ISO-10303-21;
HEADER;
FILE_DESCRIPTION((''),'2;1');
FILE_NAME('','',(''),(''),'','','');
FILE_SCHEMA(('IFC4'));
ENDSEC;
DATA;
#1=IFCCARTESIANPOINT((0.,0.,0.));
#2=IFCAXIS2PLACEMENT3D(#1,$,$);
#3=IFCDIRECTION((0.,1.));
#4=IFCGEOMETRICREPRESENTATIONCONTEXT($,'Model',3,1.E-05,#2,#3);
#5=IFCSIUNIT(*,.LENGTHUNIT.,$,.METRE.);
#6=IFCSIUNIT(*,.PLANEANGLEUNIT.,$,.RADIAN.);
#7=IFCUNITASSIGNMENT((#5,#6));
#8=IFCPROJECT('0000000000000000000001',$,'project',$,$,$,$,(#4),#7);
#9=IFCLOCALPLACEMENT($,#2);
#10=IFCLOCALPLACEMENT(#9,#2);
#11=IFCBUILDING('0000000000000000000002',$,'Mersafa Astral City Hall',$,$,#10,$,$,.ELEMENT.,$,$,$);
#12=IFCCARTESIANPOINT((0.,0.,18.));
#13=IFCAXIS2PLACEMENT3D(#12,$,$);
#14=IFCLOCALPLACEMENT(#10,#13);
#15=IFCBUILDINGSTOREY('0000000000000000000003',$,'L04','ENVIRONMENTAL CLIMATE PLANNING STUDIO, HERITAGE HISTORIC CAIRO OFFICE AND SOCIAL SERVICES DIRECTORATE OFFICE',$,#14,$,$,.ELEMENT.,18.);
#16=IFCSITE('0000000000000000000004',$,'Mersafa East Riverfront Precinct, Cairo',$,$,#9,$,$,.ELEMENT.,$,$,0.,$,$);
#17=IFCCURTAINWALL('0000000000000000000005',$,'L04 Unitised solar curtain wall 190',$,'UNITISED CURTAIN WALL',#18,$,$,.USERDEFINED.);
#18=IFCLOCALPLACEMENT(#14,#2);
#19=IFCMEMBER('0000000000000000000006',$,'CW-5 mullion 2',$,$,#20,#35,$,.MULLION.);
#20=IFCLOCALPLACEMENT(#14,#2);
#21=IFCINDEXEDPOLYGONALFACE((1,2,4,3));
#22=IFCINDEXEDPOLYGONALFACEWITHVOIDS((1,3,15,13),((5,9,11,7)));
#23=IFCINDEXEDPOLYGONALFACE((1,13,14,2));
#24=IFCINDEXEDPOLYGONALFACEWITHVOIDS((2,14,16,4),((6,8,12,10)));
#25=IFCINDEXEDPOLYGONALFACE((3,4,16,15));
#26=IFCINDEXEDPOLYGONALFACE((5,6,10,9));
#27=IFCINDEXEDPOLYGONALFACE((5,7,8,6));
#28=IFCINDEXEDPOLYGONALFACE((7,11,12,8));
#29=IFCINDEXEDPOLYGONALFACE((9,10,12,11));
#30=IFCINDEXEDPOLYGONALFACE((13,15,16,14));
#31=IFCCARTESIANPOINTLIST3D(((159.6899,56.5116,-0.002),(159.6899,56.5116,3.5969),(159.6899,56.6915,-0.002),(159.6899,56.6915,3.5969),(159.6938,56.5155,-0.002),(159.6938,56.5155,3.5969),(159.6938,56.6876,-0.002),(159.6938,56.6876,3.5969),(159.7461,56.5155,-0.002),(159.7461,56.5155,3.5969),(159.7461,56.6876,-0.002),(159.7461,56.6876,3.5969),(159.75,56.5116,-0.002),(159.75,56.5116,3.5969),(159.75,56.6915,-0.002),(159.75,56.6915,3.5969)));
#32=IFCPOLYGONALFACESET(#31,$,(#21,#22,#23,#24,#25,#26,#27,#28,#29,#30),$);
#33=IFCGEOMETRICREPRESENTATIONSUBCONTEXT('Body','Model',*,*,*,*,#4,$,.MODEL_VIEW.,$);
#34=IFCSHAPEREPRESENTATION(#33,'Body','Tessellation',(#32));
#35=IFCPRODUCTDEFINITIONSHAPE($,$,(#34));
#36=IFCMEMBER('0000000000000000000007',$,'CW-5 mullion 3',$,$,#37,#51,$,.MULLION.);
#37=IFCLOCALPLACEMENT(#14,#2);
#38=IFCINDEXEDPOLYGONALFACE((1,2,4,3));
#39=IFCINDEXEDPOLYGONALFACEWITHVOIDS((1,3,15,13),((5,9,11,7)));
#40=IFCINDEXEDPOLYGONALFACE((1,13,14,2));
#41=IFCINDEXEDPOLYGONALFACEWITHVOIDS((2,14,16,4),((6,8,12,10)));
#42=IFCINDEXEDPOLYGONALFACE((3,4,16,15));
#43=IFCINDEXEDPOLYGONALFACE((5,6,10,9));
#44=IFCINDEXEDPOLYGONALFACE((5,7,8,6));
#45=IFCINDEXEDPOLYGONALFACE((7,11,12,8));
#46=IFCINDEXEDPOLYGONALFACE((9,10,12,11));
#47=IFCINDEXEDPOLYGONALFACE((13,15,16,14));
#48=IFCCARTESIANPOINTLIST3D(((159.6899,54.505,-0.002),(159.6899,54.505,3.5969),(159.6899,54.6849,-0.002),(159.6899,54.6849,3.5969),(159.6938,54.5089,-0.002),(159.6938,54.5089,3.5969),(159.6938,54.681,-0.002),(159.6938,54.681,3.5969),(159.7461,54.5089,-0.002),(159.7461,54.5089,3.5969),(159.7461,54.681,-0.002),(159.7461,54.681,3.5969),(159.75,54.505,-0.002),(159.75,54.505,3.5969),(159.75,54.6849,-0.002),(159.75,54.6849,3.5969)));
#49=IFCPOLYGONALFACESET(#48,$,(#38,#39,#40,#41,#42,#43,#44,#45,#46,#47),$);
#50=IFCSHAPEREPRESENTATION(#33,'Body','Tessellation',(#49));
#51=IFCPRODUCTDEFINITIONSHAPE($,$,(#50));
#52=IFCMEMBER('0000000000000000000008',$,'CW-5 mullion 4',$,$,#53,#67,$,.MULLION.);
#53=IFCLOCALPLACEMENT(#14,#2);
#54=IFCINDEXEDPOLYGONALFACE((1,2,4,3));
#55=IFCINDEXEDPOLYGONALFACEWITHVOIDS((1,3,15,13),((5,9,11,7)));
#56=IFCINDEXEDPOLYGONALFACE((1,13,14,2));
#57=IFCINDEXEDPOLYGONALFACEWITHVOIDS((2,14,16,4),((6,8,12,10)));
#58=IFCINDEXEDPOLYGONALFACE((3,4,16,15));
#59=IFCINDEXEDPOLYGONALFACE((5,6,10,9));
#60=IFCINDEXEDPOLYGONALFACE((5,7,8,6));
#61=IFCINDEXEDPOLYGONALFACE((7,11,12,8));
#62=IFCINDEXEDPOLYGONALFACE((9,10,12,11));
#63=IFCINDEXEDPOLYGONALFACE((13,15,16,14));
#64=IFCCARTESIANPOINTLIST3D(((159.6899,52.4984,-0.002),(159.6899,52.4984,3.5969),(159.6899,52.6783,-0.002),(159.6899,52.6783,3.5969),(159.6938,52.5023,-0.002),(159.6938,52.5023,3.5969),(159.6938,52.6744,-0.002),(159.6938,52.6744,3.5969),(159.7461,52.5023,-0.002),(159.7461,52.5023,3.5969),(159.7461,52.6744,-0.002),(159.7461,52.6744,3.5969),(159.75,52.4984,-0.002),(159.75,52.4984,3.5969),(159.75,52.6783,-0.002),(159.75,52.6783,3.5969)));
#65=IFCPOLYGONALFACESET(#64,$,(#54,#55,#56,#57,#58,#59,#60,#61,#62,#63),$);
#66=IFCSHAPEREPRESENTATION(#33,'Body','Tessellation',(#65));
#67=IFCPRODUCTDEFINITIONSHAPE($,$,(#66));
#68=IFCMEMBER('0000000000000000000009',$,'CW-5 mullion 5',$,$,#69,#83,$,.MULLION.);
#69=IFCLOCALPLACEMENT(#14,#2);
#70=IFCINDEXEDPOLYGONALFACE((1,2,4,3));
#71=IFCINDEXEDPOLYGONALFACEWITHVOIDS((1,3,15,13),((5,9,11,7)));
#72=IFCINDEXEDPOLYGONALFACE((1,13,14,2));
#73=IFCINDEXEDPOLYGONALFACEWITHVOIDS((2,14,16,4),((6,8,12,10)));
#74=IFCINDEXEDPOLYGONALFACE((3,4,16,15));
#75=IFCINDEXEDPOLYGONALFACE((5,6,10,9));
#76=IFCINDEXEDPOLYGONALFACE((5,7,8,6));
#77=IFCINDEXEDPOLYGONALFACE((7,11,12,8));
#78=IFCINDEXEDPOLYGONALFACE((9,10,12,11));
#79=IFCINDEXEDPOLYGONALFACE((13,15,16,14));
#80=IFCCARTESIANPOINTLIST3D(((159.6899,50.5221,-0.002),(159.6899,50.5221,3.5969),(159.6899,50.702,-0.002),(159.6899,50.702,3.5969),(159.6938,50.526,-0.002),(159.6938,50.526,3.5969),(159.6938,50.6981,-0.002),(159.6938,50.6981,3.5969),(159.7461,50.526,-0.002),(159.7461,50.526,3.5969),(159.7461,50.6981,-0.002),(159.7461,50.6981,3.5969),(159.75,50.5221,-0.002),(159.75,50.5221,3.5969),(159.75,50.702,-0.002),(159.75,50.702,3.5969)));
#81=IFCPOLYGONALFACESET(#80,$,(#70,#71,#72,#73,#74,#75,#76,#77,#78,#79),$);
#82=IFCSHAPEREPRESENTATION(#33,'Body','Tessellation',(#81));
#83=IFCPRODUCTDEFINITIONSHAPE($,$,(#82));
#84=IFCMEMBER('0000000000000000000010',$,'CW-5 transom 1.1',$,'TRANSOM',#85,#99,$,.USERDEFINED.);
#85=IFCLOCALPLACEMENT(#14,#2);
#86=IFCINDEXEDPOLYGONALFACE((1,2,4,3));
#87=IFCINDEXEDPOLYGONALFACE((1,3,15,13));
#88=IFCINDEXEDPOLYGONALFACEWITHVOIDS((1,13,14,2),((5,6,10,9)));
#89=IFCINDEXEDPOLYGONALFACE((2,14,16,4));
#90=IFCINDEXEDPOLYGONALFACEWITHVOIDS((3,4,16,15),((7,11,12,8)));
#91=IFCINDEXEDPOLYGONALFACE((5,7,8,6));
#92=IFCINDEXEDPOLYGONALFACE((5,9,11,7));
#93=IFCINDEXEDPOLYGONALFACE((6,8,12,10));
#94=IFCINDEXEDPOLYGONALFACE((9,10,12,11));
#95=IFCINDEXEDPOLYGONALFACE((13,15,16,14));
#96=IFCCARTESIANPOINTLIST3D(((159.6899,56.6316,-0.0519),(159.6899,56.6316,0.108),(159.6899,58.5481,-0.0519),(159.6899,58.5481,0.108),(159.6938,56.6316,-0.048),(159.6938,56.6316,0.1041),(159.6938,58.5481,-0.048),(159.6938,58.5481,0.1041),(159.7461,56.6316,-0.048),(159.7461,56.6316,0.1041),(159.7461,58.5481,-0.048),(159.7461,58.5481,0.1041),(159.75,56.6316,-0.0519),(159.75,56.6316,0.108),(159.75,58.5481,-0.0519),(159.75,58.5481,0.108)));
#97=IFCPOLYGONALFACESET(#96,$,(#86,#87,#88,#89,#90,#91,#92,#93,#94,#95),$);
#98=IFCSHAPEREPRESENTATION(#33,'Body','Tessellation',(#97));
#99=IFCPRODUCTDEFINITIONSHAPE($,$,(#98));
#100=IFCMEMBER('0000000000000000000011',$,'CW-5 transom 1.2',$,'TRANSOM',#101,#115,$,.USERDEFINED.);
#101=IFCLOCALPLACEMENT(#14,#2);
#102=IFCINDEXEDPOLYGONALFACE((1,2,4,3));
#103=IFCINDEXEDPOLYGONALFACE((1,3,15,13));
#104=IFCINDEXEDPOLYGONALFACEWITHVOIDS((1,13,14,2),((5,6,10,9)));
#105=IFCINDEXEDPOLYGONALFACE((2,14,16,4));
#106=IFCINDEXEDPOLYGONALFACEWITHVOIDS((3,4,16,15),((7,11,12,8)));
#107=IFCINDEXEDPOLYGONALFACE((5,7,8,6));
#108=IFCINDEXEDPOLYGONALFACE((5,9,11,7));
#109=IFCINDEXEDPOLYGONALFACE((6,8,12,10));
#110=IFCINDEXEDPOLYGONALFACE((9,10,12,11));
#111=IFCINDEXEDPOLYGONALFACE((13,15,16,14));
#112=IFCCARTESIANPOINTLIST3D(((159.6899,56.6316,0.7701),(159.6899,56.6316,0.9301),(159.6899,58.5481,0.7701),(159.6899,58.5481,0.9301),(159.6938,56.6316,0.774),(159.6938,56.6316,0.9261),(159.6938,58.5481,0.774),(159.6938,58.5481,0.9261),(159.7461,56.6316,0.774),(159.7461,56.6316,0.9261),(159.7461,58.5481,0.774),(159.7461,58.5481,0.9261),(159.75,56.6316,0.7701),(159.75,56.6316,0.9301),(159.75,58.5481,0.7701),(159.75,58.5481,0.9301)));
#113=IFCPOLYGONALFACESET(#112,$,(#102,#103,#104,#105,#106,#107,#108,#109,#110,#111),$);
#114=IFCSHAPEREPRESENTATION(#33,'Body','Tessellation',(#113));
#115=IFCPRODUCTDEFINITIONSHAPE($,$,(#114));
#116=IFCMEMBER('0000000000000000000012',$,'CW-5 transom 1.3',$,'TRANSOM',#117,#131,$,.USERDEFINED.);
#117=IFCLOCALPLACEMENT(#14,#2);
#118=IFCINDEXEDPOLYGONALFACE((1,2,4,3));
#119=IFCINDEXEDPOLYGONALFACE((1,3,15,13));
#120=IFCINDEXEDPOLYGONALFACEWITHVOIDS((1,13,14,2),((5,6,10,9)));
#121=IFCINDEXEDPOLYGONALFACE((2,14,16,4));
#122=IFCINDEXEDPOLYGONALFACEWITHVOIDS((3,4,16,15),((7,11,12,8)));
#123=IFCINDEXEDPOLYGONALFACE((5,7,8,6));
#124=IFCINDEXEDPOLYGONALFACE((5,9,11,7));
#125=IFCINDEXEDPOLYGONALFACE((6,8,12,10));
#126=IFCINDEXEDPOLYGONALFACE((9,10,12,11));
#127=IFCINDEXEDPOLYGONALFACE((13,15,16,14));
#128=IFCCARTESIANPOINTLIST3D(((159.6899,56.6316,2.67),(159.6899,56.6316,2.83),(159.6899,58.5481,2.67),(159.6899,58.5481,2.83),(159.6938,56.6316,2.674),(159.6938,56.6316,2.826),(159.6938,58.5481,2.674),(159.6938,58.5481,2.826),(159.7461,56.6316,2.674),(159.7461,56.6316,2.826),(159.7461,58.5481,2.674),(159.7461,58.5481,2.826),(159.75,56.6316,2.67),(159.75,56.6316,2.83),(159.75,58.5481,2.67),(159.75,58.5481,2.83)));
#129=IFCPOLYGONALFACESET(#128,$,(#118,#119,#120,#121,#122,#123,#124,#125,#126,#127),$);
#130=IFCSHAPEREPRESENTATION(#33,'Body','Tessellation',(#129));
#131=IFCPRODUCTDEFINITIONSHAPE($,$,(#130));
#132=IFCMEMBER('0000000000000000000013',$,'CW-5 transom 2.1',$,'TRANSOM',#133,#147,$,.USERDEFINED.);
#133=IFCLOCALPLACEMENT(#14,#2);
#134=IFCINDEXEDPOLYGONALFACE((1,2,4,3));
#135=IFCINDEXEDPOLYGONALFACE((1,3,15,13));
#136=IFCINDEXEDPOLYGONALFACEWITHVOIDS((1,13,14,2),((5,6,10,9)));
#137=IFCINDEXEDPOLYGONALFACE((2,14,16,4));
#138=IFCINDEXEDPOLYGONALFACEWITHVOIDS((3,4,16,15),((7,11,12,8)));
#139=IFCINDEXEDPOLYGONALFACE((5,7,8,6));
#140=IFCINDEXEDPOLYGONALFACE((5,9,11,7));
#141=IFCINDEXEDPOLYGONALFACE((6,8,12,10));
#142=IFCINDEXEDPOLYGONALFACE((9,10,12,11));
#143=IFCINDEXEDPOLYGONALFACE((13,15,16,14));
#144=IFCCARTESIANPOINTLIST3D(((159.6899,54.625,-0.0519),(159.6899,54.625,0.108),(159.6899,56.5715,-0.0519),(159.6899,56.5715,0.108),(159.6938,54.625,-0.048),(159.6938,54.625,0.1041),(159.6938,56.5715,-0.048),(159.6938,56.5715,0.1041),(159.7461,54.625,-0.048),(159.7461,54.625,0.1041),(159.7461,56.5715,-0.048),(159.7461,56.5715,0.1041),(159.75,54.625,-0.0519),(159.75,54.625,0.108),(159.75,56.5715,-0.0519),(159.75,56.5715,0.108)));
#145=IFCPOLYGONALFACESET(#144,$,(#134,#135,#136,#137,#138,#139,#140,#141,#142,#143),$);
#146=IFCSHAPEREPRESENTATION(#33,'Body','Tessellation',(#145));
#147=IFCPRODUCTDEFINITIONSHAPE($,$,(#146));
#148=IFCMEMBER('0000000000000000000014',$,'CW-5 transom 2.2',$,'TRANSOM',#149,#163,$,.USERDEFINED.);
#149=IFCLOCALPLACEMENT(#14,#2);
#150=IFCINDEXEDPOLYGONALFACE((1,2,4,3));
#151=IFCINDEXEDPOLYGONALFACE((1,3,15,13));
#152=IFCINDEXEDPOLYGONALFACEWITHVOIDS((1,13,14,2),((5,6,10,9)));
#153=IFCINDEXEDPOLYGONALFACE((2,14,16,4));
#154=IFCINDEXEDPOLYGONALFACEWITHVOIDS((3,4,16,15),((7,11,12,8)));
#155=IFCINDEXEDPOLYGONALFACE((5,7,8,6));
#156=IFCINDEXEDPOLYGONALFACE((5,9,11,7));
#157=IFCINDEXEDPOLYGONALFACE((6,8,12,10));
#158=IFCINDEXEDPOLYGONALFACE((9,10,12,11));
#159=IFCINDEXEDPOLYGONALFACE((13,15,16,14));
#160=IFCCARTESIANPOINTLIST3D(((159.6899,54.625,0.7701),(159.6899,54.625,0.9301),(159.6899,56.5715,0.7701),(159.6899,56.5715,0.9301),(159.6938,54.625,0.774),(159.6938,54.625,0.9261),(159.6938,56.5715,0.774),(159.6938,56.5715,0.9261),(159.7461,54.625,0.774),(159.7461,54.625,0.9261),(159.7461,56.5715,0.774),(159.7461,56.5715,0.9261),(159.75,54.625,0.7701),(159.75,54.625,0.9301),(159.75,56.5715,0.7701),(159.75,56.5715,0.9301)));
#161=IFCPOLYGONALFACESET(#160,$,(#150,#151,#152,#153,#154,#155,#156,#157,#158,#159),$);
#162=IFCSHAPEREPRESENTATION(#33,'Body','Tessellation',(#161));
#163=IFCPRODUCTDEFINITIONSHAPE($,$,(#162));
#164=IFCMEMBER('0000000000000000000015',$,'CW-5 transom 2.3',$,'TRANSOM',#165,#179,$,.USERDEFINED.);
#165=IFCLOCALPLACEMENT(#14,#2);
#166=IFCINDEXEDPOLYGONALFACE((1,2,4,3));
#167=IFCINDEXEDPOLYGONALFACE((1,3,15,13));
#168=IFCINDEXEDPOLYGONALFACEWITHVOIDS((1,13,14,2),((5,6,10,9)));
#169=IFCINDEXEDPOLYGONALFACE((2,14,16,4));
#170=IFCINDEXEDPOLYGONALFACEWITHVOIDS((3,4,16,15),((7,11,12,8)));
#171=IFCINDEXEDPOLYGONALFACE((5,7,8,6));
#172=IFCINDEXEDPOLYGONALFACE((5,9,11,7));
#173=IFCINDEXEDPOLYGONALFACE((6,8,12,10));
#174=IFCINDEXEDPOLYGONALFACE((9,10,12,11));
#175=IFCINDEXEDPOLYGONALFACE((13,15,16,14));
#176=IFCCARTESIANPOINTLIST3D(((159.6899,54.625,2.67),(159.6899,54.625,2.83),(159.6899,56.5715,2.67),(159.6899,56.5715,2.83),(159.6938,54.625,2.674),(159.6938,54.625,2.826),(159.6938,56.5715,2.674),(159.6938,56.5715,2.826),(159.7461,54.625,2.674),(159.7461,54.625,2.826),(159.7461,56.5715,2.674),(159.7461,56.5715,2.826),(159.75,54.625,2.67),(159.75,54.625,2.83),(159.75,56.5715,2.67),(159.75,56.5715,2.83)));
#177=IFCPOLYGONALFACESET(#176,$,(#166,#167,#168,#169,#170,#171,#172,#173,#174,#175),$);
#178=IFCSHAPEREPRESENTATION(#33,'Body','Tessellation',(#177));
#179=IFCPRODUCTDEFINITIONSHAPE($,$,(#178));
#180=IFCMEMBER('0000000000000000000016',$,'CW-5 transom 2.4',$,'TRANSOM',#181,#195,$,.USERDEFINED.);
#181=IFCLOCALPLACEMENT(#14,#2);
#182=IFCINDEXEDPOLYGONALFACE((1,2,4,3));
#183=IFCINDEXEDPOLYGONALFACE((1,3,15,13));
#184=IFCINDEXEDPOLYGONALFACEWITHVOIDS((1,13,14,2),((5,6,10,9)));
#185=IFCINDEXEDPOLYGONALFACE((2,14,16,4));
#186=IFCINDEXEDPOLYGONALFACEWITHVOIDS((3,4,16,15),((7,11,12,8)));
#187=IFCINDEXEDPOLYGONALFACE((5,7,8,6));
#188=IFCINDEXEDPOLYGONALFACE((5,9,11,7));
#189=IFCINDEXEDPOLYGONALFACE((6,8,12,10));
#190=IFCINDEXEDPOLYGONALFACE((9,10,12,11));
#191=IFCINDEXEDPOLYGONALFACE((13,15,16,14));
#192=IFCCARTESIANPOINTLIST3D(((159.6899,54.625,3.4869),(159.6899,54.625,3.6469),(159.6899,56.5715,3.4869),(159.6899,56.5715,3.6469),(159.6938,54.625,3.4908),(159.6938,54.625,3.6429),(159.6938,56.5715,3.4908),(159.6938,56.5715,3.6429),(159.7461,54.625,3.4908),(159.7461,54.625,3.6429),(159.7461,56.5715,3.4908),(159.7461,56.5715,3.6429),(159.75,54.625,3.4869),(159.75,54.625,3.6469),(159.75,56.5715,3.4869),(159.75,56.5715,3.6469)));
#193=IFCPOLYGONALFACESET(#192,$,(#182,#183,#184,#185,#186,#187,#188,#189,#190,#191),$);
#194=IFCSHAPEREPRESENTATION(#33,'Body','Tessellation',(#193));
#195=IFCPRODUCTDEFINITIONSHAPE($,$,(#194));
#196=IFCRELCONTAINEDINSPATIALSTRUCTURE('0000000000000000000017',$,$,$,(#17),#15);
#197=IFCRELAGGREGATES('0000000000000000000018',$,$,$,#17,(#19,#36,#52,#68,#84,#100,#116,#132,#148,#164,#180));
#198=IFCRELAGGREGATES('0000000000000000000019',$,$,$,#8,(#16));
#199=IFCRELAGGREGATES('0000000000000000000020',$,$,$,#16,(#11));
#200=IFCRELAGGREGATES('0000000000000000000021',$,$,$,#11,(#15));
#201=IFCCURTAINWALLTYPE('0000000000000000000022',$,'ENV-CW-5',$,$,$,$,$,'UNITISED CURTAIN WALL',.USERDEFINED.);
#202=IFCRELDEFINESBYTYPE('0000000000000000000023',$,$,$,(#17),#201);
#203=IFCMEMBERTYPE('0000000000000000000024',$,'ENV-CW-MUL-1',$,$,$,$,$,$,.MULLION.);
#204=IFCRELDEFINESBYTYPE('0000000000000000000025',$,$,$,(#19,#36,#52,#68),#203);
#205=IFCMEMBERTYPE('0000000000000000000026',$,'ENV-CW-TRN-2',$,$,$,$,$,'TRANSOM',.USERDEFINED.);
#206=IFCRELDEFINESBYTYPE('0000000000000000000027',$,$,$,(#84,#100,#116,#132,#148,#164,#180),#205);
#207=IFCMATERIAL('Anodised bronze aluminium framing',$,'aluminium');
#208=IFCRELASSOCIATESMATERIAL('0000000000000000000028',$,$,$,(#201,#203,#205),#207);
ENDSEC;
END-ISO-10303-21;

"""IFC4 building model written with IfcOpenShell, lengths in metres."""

from ifc_helpers import new_model, si_unit, direction, frame, origin, origin_2d, place, context, subcontext, project, spatial, hollow_rectangle, extrude, material, material_profile, profile_set, type_object, element, aggregate, save


model = new_model("IFC4")

# Units and contexts
model_context = context("Model", 3, precision=1e-05, world=origin(), true_north=direction((0.0, 1.0)))
body_context = subcontext(model_context, "Body", "Model", "MODEL_VIEW")
ifc_project = project(units=[si_unit("LENGTHUNIT", "METRE"), si_unit("PLANEANGLEUNIT", "RADIAN")], contexts=[model_context])

# Site, building, storey
site_placement = place(None, origin())
site = spatial("IfcSite", under=ifc_project, at=site_placement, Name="Mersafa East Riverfront Precinct, Cairo", CompositionType="ELEMENT", RefElevation=0.0)
building_placement = place(site_placement, origin())
building = spatial("IfcBuilding", under=site, at=building_placement, Name="Mersafa Astral City Hall", CompositionType="ELEMENT")
storey_placement = place(building_placement, frame((0.0, 0.0, 18.0)))
storey = spatial("IfcBuildingStorey", under=building, at=storey_placement, Name="L04", Description="ENVIRONMENTAL CLIMATE PLANNING STUDIO, HERITAGE HISTORIC CAIRO OFFICE AND SOCIAL SERVICES DIRECTORATE OFFICE", CompositionType="ELEMENT", Elevation=18.0)

# Curtain wall, members
ifc_material_1 = material(Name="Anodised bronze aluminium framing", Category="aluminium")
curtain_wall_type = type_object("IfcCurtainWallType", Name="ENV-CW-5", ElementType="UNITISED CURTAIN WALL", PredefinedType="USERDEFINED", material=ifc_material_1)
curtain_wall_placement = place(storey_placement, origin())
curtain_wall = element("IfcCurtainWall", 1, at=curtain_wall_placement, inside=storey, type_object=curtain_wall_type, Name="L04 Unitised solar curtain wall 190", ObjectType="UNITISED CURTAIN WALL", PredefinedType="USERDEFINED")
ifc_material_profile_1 = material_profile(ifc_material_1, hollow_rectangle(XDim=0.0601, YDim=0.1799, WallThickness=0.0039, at=origin_2d()), Name="RHS 60x180x4")
ifc_profile_set_1 = profile_set([ifc_material_profile_1], Name="Anodised bronze aluminium framing")
member_type_1 = type_object("IfcMemberType", Name="ENV-CW-MUL-1", PredefinedType="MULLION", material=ifc_profile_set_1)
member_1_placement = place(storey_placement, frame((159.72, 56.6016, -0.002), z_axis=(0.0, 0.0, 1.0), x_axis=(1.0, 0.0, 0.0)))
member_1 = element("IfcMember", 2, at=member_1_placement, type_object=member_type_1, Name="CW-5 mullion 2", PredefinedType="MULLION", context=body_context, shape_type="SweptSolid", body=[
    extrude(hollow_rectangle(XDim=0.0601, YDim=0.1799, WallThickness=0.0039, at=origin_2d()), origin(), (0.0, 0.0, 1.0), 3.5989),
])
member_2_placement = place(storey_placement, frame((159.72, 54.595, -0.002), z_axis=(0.0, 0.0, 1.0), x_axis=(1.0, 0.0, 0.0)))
member_2 = element("IfcMember", 3, at=member_2_placement, type_object=member_type_1, Name="CW-5 mullion 3", PredefinedType="MULLION", context=body_context, shape_type="SweptSolid", body=[
    extrude(hollow_rectangle(XDim=0.0601, YDim=0.1799, WallThickness=0.0039, at=origin_2d()), origin(), (0.0, 0.0, 1.0), 3.5989),
])
member_3_placement = place(storey_placement, frame((159.72, 52.5884, -0.002), z_axis=(0.0, 0.0, 1.0), x_axis=(1.0, 0.0, 0.0)))
member_3 = element("IfcMember", 4, at=member_3_placement, type_object=member_type_1, Name="CW-5 mullion 4", PredefinedType="MULLION", context=body_context, shape_type="SweptSolid", body=[
    extrude(hollow_rectangle(XDim=0.0601, YDim=0.1799, WallThickness=0.0039, at=origin_2d()), origin(), (0.0, 0.0, 1.0), 3.5989),
])
member_4_placement = place(storey_placement, frame((159.72, 50.6121, -0.002), z_axis=(0.0, 0.0, 1.0), x_axis=(1.0, 0.0, 0.0)))
member_4 = element("IfcMember", 5, at=member_4_placement, type_object=member_type_1, Name="CW-5 mullion 5", PredefinedType="MULLION", context=body_context, shape_type="SweptSolid", body=[
    extrude(hollow_rectangle(XDim=0.0601, YDim=0.1799, WallThickness=0.0039, at=origin_2d()), origin(), (0.0, 0.0, 1.0), 3.5989),
])
ifc_material_profile_2 = material_profile(ifc_material_1, hollow_rectangle(XDim=0.0601, YDim=0.1599, WallThickness=0.0039, at=origin_2d()), Name="RHS 60x160x4")
ifc_profile_set_2 = profile_set([ifc_material_profile_2], Name="Anodised bronze aluminium framing")
member_type_2 = type_object("IfcMemberType", Name="ENV-CW-TRN-2", ElementType="TRANSOM", PredefinedType="USERDEFINED", material=ifc_profile_set_2)
member_5_placement = place(storey_placement, frame((159.72, 58.5481, 0.0281), z_axis=(0.0, -1.0, 0.0), x_axis=(1.0, 0.0, 0.0)))
member_5 = element("IfcMember", 6, at=member_5_placement, type_object=member_type_2, Name="CW-5 transom 1.1", ObjectType="TRANSOM", PredefinedType="USERDEFINED", context=body_context, shape_type="SweptSolid", body=[
    extrude(hollow_rectangle(XDim=0.0601, YDim=0.1599, WallThickness=0.0039, at=origin_2d()), origin(), (0.0, 0.0, 1.0), 1.9165),
])
member_6_placement = place(storey_placement, frame((159.72, 58.5481, 0.8501), z_axis=(0.0, -1.0, 0.0), x_axis=(1.0, 0.0, 0.0)))
member_6 = element("IfcMember", 7, at=member_6_placement, type_object=member_type_2, Name="CW-5 transom 1.2", ObjectType="TRANSOM", PredefinedType="USERDEFINED", context=body_context, shape_type="SweptSolid", body=[
    extrude(hollow_rectangle(XDim=0.0601, YDim=0.1599, WallThickness=0.0039, at=origin_2d()), origin(), (0.0, 0.0, 1.0), 1.9165),
])
member_7_placement = place(storey_placement, frame((159.72, 58.5481, 2.75), z_axis=(0.0, -1.0, 0.0), x_axis=(1.0, 0.0, 0.0)))
member_7 = element("IfcMember", 8, at=member_7_placement, type_object=member_type_2, Name="CW-5 transom 1.3", ObjectType="TRANSOM", PredefinedType="USERDEFINED", context=body_context, shape_type="SweptSolid", body=[
    extrude(hollow_rectangle(XDim=0.0601, YDim=0.1599, WallThickness=0.0039, at=origin_2d()), origin(), (0.0, 0.0, 1.0), 1.9165),
])
member_8_placement = place(storey_placement, frame((159.72, 56.5715, 0.0281), z_axis=(0.0, -1.0, 0.0), x_axis=(1.0, 0.0, 0.0)))
member_8 = element("IfcMember", 9, at=member_8_placement, type_object=member_type_2, Name="CW-5 transom 2.1", ObjectType="TRANSOM", PredefinedType="USERDEFINED", context=body_context, shape_type="SweptSolid", body=[
    extrude(hollow_rectangle(XDim=0.0601, YDim=0.1599, WallThickness=0.0039, at=origin_2d()), origin(), (0.0, 0.0, 1.0), 1.9465),
])
member_9_placement = place(storey_placement, frame((159.72, 56.5715, 0.8501), z_axis=(0.0, -1.0, 0.0), x_axis=(1.0, 0.0, 0.0)))
member_9 = element("IfcMember", 10, at=member_9_placement, type_object=member_type_2, Name="CW-5 transom 2.2", ObjectType="TRANSOM", PredefinedType="USERDEFINED", context=body_context, shape_type="SweptSolid", body=[
    extrude(hollow_rectangle(XDim=0.0601, YDim=0.1599, WallThickness=0.0039, at=origin_2d()), origin(), (0.0, 0.0, 1.0), 1.9465),
])
member_10_placement = place(storey_placement, frame((159.72, 56.5715, 2.75), z_axis=(0.0, -1.0, 0.0), x_axis=(1.0, 0.0, 0.0)))
member_10 = element("IfcMember", 11, at=member_10_placement, type_object=member_type_2, Name="CW-5 transom 2.3", ObjectType="TRANSOM", PredefinedType="USERDEFINED", context=body_context, shape_type="SweptSolid", body=[
    extrude(hollow_rectangle(XDim=0.0601, YDim=0.1599, WallThickness=0.0039, at=origin_2d()), origin(), (0.0, 0.0, 1.0), 1.9465),
])
member_11_placement = place(storey_placement, frame((159.72, 56.5715, 3.5669), z_axis=(0.0, -1.0, 0.0), x_axis=(1.0, 0.0, 0.0)))
member_11 = element("IfcMember", 12, at=member_11_placement, type_object=member_type_2, Name="CW-5 transom 2.4", ObjectType="TRANSOM", PredefinedType="USERDEFINED", context=body_context, shape_type="SweptSolid", body=[
    extrude(hollow_rectangle(XDim=0.0601, YDim=0.1599, WallThickness=0.0039, at=origin_2d()), origin(), (0.0, 0.0, 1.0), 1.9465),
])

aggregate(curtain_wall, [member_1, member_2, member_3, member_4, member_5, member_6, member_7, member_8, member_9, member_10, member_11])

save(model, "model.ifc")
